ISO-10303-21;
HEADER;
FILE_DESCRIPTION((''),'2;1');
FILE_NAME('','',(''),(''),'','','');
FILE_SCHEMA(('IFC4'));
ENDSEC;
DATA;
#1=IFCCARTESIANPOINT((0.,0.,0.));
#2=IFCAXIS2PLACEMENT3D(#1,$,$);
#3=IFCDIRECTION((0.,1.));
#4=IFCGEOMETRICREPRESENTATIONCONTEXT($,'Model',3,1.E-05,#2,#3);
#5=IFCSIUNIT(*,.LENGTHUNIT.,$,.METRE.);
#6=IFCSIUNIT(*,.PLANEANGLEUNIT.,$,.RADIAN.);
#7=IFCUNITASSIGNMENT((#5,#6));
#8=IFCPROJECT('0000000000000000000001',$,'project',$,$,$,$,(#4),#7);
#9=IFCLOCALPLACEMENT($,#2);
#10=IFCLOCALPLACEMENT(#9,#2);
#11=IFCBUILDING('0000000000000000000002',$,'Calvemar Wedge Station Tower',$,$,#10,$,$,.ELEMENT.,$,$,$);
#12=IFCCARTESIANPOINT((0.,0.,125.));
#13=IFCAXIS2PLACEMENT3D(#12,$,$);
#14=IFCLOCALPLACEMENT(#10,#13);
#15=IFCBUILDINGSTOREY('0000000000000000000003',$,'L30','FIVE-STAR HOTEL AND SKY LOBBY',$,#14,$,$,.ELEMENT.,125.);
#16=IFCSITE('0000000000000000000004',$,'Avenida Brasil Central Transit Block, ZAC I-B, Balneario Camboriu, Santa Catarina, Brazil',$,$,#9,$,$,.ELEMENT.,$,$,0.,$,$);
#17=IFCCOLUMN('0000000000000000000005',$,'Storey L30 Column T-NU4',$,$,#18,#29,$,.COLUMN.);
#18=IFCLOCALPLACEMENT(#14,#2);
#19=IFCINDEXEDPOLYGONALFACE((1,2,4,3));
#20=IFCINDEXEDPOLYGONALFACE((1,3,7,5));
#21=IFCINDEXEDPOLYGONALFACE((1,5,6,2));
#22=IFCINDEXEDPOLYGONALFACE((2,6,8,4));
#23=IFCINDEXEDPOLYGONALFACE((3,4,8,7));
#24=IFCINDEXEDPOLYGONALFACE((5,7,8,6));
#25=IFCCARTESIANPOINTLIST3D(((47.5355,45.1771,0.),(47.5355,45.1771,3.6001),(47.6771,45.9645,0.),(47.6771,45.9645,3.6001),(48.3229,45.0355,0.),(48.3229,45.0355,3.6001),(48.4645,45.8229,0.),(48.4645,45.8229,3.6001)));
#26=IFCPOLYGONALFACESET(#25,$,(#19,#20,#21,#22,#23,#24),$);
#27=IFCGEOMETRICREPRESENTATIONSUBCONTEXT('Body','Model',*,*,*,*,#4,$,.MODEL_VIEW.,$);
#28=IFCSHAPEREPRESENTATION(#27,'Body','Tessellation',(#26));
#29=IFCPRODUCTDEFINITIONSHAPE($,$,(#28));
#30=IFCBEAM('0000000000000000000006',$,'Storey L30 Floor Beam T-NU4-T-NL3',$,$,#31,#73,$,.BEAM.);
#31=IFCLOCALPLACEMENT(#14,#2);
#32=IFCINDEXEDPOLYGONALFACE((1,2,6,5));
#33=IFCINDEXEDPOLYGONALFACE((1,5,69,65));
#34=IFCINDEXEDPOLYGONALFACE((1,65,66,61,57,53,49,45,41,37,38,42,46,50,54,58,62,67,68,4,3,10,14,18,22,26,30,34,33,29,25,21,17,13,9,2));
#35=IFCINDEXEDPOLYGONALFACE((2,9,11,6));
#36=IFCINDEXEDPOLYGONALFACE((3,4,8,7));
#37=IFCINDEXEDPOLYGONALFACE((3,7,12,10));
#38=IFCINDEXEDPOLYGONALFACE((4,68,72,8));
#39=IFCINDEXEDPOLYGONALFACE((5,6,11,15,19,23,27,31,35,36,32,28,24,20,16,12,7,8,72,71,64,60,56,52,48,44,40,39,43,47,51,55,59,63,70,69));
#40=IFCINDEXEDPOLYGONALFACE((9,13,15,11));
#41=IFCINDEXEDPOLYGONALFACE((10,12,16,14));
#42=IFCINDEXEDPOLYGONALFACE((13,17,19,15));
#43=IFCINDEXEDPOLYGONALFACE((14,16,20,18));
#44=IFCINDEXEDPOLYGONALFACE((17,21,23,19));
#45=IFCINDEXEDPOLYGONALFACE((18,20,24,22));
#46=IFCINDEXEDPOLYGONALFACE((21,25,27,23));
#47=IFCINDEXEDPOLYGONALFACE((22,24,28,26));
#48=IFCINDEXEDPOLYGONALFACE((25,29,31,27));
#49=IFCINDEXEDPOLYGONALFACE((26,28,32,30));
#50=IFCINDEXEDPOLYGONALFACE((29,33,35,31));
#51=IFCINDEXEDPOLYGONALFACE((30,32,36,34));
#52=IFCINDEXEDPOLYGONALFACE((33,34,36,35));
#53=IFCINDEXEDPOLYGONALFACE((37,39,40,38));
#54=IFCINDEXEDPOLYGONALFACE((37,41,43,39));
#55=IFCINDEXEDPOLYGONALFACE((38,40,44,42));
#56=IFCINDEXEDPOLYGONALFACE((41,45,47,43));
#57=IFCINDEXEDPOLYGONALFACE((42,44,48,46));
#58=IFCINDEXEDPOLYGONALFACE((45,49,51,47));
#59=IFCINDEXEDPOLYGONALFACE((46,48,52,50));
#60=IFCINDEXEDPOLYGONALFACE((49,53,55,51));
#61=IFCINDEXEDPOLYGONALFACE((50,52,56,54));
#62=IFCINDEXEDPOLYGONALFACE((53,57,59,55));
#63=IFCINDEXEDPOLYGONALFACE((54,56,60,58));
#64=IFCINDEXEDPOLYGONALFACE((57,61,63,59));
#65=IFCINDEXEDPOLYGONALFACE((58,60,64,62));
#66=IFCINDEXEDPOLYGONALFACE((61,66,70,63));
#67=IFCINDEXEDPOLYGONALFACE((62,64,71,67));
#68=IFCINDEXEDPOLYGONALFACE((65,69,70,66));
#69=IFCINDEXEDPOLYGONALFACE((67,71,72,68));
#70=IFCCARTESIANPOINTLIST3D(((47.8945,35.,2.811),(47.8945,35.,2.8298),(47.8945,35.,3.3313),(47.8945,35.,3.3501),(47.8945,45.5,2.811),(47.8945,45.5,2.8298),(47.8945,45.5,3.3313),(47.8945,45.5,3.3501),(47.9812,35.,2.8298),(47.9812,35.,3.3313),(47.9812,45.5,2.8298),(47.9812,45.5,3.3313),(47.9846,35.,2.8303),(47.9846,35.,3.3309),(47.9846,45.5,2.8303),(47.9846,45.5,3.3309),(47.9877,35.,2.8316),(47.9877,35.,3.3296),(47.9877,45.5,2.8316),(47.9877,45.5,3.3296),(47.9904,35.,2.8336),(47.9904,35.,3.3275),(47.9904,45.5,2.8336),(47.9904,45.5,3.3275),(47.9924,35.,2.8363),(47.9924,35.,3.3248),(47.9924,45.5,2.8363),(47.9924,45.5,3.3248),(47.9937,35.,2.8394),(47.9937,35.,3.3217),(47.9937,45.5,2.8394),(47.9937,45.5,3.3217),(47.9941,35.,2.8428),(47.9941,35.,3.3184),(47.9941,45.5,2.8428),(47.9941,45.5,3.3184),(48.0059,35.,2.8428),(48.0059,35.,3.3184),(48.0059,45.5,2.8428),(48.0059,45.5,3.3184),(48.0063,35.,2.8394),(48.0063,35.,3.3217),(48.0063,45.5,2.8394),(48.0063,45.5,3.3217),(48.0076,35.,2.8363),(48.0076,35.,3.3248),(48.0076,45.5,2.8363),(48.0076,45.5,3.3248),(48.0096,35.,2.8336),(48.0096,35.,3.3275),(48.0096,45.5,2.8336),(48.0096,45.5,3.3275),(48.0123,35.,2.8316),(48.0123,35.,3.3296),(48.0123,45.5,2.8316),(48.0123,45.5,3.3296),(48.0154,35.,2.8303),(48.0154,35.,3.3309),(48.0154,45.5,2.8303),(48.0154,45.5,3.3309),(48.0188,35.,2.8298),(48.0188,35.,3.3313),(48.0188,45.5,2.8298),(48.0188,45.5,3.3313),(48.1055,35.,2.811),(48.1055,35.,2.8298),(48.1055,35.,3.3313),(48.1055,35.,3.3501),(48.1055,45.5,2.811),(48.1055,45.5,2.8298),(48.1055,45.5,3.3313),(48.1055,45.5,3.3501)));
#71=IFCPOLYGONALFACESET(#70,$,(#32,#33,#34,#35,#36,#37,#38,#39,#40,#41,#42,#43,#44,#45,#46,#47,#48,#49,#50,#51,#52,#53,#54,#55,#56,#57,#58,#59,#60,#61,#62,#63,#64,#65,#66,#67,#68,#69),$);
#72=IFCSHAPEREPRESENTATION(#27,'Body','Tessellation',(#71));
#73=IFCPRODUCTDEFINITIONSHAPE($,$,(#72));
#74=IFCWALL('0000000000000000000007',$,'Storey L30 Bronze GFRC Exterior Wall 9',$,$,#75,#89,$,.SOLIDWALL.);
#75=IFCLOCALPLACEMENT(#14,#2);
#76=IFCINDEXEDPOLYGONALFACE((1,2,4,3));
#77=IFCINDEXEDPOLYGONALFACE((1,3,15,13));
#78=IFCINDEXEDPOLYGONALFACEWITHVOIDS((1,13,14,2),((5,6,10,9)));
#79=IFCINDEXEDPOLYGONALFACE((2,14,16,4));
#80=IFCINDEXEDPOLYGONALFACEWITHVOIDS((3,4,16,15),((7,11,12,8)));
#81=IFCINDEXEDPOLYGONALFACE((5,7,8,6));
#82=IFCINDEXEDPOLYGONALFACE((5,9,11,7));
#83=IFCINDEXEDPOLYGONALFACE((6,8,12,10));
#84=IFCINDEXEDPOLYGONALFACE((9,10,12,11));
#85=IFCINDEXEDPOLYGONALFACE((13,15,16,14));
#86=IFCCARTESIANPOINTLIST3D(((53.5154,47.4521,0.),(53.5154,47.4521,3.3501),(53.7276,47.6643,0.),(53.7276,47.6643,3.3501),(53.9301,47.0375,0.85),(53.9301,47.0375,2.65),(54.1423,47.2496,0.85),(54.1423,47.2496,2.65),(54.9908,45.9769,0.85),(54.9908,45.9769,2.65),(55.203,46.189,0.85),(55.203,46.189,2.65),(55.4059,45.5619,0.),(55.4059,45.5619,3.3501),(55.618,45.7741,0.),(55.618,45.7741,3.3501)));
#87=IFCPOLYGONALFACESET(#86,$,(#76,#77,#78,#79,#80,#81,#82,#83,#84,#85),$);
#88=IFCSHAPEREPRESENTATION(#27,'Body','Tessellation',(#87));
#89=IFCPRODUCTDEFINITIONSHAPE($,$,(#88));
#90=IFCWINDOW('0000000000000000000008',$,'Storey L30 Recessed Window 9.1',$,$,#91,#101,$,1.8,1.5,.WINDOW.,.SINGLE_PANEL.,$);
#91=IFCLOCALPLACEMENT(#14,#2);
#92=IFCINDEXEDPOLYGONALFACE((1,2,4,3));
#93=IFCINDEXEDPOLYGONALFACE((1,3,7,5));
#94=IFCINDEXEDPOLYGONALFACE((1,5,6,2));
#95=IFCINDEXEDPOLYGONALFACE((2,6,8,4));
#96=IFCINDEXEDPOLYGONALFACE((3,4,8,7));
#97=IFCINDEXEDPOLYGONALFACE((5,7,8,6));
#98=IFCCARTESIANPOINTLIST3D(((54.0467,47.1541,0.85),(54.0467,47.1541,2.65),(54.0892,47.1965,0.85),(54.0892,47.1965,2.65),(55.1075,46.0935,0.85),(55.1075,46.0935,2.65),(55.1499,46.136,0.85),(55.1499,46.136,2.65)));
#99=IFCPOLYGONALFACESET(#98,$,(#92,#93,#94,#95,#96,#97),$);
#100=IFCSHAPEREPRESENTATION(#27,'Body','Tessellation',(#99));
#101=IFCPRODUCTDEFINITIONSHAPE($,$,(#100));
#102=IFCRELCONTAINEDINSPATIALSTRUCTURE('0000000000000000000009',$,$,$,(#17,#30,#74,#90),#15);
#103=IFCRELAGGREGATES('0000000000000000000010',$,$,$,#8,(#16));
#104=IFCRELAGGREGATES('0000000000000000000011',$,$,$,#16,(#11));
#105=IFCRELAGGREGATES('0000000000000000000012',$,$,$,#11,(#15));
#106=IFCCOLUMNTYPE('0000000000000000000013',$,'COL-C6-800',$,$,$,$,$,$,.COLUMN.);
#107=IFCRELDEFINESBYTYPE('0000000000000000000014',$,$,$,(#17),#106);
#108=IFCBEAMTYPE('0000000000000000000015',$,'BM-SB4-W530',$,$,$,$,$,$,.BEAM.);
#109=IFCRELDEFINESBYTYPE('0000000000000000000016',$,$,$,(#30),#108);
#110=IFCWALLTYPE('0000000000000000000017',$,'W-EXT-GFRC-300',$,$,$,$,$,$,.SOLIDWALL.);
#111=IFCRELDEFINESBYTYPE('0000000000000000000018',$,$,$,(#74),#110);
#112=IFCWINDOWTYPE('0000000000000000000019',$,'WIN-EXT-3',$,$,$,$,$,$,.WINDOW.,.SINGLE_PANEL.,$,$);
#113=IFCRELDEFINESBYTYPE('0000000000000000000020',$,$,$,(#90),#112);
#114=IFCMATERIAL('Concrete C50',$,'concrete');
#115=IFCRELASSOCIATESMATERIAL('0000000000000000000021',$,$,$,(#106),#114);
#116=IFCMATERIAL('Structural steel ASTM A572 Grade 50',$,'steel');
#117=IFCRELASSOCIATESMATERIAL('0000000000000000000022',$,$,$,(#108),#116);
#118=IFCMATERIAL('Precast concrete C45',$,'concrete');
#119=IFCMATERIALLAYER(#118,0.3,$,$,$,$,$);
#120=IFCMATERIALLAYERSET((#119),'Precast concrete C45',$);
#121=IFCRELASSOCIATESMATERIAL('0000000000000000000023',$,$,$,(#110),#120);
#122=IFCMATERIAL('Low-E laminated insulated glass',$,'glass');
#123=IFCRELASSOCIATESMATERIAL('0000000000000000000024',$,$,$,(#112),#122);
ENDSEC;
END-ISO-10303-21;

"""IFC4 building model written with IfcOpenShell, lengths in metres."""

from ifc_helpers import new_model, si_unit, direction, frame, frame_2d, origin, origin_2d, place, context, subcontext, project, spatial, rectangle, i_section, extrude, source, transform, mapped, material, layer, layer_set, material_profile, profile_set, type_object, element, fill, save


model = new_model("IFC4")

# Units and contexts
model_context = context("Model", 3, precision=1e-05, world=origin(), true_north=direction((0.0, 1.0)))
body_context = subcontext(model_context, "Body", "Model", "MODEL_VIEW")
ifc_project = project(units=[si_unit("LENGTHUNIT", "METRE"), si_unit("PLANEANGLEUNIT", "RADIAN")], contexts=[model_context])

# Site, building, storey
site_placement = place(None, origin())
site = spatial("IfcSite", under=ifc_project, at=site_placement, Name="Avenida Brasil Central Transit Block, ZAC I-B, Balneario Camboriu, Santa Catarina, Brazil", CompositionType="ELEMENT", RefElevation=0.0)
building_placement = place(site_placement, origin())
building = spatial("IfcBuilding", under=site, at=building_placement, Name="Calvemar Wedge Station Tower", CompositionType="ELEMENT")
storey_placement = place(building_placement, frame((0.0, 0.0, 125.0)))
storey = spatial("IfcBuildingStorey", under=building, at=storey_placement, Name="L30", Description="FIVE-STAR HOTEL AND SKY LOBBY", CompositionType="ELEMENT", Elevation=125.0)

# Column
ifc_material_1 = material(Name="Concrete C50", Category="concrete")
ifc_material_profile_1 = material_profile(ifc_material_1, rectangle(XDim=0.8, YDim=0.8, at=origin_2d()), Name="RC800x800")
ifc_profile_set_1 = profile_set([ifc_material_profile_1], Name="Concrete C50")
column_type = type_object("IfcColumnType", Name="COL-C6-800", PredefinedType="COLUMN", material=ifc_profile_set_1)
shared_shape_1 = source(origin(), body_context, "Body", "SweptSolid", [
    extrude(rectangle(XDim=0.8, YDim=0.8, at=origin_2d()), origin(), (0.0, 0.0, 1.0), 3.6001),
])
column_placement = place(storey_placement, frame((48.0, 45.5, 0.0), z_axis=(0.0, 0.0, 1.0), x_axis=(0.984196, -0.177085, 0.0)))
element("IfcColumn", 1, at=column_placement, inside=storey, type_object=column_type, Name="Storey L30 Column T-NU4", PredefinedType="COLUMN", context=body_context, shape_type="MappedRepresentation", body=[
    mapped(shared_shape_1, transform((0.0, 0.0, 0.0), scale=1.0)),
])

# Beam
ifc_material_2 = material(Name="Structural steel ASTM A572 Grade 50", Category="steel")
ifc_material_profile_2 = material_profile(ifc_material_2, i_section(OverallWidth=0.2109, OverallDepth=0.5391, WebThickness=0.0117, FlangeThickness=0.0188, FilletRadius=0.0129, at=origin_2d()), Name="W530x109")
ifc_profile_set_2 = profile_set([ifc_material_profile_2], Name="Structural steel ASTM A572 Grade 50")
beam_type = type_object("IfcBeamType", Name="BM-SB4-W530", PredefinedType="BEAM", material=ifc_profile_set_2)
shared_shape_2 = source(origin(), body_context, "Body", "SweptSolid", [
    extrude(i_section(OverallWidth=0.2109, OverallDepth=0.5391, WebThickness=0.0117, FlangeThickness=0.0188, FilletRadius=0.0129, at=origin_2d()), origin(), (0.0, 0.0, 1.0), 10.5),
])
beam_placement = place(storey_placement, frame((48.0, 45.5, 3.0806), z_axis=(0.0, -1.0, 0.0), x_axis=(1.0, 0.0, 0.0)))
element("IfcBeam", 2, at=beam_placement, inside=storey, type_object=beam_type, Name="Storey L30 Floor Beam T-NU4-T-NL3", PredefinedType="BEAM", context=body_context, shape_type="MappedRepresentation", body=[
    mapped(shared_shape_2, transform((0.0, 0.0, 0.0), scale=1.0)),
])

# Wall, opening, window
ifc_material_3 = material(Name="Precast concrete C45", Category="concrete")
ifc_layer_1 = layer(ifc_material_3, 0.3)
ifc_layer_set_1 = layer_set([ifc_layer_1], Name="Precast concrete C45")
wall_type_1 = type_object("IfcWallType", Name="W-EXT-GFRC-300", PredefinedType="SOLIDWALL", material=ifc_layer_set_1)
wall_1_placement = place(storey_placement, frame((55.512, 45.668, 0.0), z_axis=(0.0, 0.0, 1.0), x_axis=(-0.707152, 0.707061, 0.0)))
wall_1 = element("IfcWall", 3, at=wall_1_placement, inside=storey, type_object=wall_type_1, Name="Storey L30 Bronze GFRC Exterior Wall 9", PredefinedType="SOLIDWALL", context=body_context, shape_type="SweptSolid", body=[
    extrude(rectangle(XDim=2.6733, YDim=0.3, at=frame_2d((1.3367, 0.0))), origin(), (0.0, 0.0, 1.0), 3.3501),
])
shared_shape_3 = source(origin(), body_context, "Body", "SweptSolid", [
    extrude(rectangle(XDim=1.5, YDim=1.8, at=frame_2d((0.75, 0.8999))), frame((0.0, 0.1602, 0.0), z_axis=(0.0, -1.0, 0.0), x_axis=(1.0, 0.0, 0.0)), (0.0, 0.0, 1.0), 0.3201),
])
opening_1_placement = place(wall_1_placement, frame((0.5869, 0.0, 0.8501)))
opening_1 = element("IfcOpeningElement", 4, at=opening_1_placement, cuts=wall_1, PredefinedType="OPENING", context=body_context, shape_type="MappedRepresentation", body=[
    mapped(shared_shape_3, transform((0.0, 0.0, 0.0), scale=1.0)),
])
ifc_material_4 = material(Name="Low-E laminated insulated glass", Category="glass")
window_type_1 = type_object("IfcWindowType", Name="WIN-EXT-3", PartitioningType="SINGLE_PANEL", PredefinedType="WINDOW", material=ifc_material_4)
shared_shape_4 = source(origin(), body_context, "Body", "SweptSolid", [
    extrude(rectangle(XDim=1.5, YDim=1.8, at=frame_2d((0.75, 0.8999))), frame((0.0, -0.0149, 0.0), z_axis=(0.0, -1.0, 0.0), x_axis=(1.0, 0.0, 0.0)), (0.0, 0.0, 1.0), 0.0601),
])
window_1_placement = place(opening_1_placement, origin())
window_1 = element("IfcWindow", 5, at=window_1_placement, inside=storey, type_object=window_type_1, Name="Storey L30 Recessed Window 9.1", OverallHeight=1.8, OverallWidth=1.5, PartitioningType="SINGLE_PANEL", PredefinedType="WINDOW", context=body_context, shape_type="MappedRepresentation", body=[
    mapped(shared_shape_4, transform((0.0, 0.0, 0.0), scale=1.0)),
])
fill(opening_1, window_1)

save(model, "model.ifc")
